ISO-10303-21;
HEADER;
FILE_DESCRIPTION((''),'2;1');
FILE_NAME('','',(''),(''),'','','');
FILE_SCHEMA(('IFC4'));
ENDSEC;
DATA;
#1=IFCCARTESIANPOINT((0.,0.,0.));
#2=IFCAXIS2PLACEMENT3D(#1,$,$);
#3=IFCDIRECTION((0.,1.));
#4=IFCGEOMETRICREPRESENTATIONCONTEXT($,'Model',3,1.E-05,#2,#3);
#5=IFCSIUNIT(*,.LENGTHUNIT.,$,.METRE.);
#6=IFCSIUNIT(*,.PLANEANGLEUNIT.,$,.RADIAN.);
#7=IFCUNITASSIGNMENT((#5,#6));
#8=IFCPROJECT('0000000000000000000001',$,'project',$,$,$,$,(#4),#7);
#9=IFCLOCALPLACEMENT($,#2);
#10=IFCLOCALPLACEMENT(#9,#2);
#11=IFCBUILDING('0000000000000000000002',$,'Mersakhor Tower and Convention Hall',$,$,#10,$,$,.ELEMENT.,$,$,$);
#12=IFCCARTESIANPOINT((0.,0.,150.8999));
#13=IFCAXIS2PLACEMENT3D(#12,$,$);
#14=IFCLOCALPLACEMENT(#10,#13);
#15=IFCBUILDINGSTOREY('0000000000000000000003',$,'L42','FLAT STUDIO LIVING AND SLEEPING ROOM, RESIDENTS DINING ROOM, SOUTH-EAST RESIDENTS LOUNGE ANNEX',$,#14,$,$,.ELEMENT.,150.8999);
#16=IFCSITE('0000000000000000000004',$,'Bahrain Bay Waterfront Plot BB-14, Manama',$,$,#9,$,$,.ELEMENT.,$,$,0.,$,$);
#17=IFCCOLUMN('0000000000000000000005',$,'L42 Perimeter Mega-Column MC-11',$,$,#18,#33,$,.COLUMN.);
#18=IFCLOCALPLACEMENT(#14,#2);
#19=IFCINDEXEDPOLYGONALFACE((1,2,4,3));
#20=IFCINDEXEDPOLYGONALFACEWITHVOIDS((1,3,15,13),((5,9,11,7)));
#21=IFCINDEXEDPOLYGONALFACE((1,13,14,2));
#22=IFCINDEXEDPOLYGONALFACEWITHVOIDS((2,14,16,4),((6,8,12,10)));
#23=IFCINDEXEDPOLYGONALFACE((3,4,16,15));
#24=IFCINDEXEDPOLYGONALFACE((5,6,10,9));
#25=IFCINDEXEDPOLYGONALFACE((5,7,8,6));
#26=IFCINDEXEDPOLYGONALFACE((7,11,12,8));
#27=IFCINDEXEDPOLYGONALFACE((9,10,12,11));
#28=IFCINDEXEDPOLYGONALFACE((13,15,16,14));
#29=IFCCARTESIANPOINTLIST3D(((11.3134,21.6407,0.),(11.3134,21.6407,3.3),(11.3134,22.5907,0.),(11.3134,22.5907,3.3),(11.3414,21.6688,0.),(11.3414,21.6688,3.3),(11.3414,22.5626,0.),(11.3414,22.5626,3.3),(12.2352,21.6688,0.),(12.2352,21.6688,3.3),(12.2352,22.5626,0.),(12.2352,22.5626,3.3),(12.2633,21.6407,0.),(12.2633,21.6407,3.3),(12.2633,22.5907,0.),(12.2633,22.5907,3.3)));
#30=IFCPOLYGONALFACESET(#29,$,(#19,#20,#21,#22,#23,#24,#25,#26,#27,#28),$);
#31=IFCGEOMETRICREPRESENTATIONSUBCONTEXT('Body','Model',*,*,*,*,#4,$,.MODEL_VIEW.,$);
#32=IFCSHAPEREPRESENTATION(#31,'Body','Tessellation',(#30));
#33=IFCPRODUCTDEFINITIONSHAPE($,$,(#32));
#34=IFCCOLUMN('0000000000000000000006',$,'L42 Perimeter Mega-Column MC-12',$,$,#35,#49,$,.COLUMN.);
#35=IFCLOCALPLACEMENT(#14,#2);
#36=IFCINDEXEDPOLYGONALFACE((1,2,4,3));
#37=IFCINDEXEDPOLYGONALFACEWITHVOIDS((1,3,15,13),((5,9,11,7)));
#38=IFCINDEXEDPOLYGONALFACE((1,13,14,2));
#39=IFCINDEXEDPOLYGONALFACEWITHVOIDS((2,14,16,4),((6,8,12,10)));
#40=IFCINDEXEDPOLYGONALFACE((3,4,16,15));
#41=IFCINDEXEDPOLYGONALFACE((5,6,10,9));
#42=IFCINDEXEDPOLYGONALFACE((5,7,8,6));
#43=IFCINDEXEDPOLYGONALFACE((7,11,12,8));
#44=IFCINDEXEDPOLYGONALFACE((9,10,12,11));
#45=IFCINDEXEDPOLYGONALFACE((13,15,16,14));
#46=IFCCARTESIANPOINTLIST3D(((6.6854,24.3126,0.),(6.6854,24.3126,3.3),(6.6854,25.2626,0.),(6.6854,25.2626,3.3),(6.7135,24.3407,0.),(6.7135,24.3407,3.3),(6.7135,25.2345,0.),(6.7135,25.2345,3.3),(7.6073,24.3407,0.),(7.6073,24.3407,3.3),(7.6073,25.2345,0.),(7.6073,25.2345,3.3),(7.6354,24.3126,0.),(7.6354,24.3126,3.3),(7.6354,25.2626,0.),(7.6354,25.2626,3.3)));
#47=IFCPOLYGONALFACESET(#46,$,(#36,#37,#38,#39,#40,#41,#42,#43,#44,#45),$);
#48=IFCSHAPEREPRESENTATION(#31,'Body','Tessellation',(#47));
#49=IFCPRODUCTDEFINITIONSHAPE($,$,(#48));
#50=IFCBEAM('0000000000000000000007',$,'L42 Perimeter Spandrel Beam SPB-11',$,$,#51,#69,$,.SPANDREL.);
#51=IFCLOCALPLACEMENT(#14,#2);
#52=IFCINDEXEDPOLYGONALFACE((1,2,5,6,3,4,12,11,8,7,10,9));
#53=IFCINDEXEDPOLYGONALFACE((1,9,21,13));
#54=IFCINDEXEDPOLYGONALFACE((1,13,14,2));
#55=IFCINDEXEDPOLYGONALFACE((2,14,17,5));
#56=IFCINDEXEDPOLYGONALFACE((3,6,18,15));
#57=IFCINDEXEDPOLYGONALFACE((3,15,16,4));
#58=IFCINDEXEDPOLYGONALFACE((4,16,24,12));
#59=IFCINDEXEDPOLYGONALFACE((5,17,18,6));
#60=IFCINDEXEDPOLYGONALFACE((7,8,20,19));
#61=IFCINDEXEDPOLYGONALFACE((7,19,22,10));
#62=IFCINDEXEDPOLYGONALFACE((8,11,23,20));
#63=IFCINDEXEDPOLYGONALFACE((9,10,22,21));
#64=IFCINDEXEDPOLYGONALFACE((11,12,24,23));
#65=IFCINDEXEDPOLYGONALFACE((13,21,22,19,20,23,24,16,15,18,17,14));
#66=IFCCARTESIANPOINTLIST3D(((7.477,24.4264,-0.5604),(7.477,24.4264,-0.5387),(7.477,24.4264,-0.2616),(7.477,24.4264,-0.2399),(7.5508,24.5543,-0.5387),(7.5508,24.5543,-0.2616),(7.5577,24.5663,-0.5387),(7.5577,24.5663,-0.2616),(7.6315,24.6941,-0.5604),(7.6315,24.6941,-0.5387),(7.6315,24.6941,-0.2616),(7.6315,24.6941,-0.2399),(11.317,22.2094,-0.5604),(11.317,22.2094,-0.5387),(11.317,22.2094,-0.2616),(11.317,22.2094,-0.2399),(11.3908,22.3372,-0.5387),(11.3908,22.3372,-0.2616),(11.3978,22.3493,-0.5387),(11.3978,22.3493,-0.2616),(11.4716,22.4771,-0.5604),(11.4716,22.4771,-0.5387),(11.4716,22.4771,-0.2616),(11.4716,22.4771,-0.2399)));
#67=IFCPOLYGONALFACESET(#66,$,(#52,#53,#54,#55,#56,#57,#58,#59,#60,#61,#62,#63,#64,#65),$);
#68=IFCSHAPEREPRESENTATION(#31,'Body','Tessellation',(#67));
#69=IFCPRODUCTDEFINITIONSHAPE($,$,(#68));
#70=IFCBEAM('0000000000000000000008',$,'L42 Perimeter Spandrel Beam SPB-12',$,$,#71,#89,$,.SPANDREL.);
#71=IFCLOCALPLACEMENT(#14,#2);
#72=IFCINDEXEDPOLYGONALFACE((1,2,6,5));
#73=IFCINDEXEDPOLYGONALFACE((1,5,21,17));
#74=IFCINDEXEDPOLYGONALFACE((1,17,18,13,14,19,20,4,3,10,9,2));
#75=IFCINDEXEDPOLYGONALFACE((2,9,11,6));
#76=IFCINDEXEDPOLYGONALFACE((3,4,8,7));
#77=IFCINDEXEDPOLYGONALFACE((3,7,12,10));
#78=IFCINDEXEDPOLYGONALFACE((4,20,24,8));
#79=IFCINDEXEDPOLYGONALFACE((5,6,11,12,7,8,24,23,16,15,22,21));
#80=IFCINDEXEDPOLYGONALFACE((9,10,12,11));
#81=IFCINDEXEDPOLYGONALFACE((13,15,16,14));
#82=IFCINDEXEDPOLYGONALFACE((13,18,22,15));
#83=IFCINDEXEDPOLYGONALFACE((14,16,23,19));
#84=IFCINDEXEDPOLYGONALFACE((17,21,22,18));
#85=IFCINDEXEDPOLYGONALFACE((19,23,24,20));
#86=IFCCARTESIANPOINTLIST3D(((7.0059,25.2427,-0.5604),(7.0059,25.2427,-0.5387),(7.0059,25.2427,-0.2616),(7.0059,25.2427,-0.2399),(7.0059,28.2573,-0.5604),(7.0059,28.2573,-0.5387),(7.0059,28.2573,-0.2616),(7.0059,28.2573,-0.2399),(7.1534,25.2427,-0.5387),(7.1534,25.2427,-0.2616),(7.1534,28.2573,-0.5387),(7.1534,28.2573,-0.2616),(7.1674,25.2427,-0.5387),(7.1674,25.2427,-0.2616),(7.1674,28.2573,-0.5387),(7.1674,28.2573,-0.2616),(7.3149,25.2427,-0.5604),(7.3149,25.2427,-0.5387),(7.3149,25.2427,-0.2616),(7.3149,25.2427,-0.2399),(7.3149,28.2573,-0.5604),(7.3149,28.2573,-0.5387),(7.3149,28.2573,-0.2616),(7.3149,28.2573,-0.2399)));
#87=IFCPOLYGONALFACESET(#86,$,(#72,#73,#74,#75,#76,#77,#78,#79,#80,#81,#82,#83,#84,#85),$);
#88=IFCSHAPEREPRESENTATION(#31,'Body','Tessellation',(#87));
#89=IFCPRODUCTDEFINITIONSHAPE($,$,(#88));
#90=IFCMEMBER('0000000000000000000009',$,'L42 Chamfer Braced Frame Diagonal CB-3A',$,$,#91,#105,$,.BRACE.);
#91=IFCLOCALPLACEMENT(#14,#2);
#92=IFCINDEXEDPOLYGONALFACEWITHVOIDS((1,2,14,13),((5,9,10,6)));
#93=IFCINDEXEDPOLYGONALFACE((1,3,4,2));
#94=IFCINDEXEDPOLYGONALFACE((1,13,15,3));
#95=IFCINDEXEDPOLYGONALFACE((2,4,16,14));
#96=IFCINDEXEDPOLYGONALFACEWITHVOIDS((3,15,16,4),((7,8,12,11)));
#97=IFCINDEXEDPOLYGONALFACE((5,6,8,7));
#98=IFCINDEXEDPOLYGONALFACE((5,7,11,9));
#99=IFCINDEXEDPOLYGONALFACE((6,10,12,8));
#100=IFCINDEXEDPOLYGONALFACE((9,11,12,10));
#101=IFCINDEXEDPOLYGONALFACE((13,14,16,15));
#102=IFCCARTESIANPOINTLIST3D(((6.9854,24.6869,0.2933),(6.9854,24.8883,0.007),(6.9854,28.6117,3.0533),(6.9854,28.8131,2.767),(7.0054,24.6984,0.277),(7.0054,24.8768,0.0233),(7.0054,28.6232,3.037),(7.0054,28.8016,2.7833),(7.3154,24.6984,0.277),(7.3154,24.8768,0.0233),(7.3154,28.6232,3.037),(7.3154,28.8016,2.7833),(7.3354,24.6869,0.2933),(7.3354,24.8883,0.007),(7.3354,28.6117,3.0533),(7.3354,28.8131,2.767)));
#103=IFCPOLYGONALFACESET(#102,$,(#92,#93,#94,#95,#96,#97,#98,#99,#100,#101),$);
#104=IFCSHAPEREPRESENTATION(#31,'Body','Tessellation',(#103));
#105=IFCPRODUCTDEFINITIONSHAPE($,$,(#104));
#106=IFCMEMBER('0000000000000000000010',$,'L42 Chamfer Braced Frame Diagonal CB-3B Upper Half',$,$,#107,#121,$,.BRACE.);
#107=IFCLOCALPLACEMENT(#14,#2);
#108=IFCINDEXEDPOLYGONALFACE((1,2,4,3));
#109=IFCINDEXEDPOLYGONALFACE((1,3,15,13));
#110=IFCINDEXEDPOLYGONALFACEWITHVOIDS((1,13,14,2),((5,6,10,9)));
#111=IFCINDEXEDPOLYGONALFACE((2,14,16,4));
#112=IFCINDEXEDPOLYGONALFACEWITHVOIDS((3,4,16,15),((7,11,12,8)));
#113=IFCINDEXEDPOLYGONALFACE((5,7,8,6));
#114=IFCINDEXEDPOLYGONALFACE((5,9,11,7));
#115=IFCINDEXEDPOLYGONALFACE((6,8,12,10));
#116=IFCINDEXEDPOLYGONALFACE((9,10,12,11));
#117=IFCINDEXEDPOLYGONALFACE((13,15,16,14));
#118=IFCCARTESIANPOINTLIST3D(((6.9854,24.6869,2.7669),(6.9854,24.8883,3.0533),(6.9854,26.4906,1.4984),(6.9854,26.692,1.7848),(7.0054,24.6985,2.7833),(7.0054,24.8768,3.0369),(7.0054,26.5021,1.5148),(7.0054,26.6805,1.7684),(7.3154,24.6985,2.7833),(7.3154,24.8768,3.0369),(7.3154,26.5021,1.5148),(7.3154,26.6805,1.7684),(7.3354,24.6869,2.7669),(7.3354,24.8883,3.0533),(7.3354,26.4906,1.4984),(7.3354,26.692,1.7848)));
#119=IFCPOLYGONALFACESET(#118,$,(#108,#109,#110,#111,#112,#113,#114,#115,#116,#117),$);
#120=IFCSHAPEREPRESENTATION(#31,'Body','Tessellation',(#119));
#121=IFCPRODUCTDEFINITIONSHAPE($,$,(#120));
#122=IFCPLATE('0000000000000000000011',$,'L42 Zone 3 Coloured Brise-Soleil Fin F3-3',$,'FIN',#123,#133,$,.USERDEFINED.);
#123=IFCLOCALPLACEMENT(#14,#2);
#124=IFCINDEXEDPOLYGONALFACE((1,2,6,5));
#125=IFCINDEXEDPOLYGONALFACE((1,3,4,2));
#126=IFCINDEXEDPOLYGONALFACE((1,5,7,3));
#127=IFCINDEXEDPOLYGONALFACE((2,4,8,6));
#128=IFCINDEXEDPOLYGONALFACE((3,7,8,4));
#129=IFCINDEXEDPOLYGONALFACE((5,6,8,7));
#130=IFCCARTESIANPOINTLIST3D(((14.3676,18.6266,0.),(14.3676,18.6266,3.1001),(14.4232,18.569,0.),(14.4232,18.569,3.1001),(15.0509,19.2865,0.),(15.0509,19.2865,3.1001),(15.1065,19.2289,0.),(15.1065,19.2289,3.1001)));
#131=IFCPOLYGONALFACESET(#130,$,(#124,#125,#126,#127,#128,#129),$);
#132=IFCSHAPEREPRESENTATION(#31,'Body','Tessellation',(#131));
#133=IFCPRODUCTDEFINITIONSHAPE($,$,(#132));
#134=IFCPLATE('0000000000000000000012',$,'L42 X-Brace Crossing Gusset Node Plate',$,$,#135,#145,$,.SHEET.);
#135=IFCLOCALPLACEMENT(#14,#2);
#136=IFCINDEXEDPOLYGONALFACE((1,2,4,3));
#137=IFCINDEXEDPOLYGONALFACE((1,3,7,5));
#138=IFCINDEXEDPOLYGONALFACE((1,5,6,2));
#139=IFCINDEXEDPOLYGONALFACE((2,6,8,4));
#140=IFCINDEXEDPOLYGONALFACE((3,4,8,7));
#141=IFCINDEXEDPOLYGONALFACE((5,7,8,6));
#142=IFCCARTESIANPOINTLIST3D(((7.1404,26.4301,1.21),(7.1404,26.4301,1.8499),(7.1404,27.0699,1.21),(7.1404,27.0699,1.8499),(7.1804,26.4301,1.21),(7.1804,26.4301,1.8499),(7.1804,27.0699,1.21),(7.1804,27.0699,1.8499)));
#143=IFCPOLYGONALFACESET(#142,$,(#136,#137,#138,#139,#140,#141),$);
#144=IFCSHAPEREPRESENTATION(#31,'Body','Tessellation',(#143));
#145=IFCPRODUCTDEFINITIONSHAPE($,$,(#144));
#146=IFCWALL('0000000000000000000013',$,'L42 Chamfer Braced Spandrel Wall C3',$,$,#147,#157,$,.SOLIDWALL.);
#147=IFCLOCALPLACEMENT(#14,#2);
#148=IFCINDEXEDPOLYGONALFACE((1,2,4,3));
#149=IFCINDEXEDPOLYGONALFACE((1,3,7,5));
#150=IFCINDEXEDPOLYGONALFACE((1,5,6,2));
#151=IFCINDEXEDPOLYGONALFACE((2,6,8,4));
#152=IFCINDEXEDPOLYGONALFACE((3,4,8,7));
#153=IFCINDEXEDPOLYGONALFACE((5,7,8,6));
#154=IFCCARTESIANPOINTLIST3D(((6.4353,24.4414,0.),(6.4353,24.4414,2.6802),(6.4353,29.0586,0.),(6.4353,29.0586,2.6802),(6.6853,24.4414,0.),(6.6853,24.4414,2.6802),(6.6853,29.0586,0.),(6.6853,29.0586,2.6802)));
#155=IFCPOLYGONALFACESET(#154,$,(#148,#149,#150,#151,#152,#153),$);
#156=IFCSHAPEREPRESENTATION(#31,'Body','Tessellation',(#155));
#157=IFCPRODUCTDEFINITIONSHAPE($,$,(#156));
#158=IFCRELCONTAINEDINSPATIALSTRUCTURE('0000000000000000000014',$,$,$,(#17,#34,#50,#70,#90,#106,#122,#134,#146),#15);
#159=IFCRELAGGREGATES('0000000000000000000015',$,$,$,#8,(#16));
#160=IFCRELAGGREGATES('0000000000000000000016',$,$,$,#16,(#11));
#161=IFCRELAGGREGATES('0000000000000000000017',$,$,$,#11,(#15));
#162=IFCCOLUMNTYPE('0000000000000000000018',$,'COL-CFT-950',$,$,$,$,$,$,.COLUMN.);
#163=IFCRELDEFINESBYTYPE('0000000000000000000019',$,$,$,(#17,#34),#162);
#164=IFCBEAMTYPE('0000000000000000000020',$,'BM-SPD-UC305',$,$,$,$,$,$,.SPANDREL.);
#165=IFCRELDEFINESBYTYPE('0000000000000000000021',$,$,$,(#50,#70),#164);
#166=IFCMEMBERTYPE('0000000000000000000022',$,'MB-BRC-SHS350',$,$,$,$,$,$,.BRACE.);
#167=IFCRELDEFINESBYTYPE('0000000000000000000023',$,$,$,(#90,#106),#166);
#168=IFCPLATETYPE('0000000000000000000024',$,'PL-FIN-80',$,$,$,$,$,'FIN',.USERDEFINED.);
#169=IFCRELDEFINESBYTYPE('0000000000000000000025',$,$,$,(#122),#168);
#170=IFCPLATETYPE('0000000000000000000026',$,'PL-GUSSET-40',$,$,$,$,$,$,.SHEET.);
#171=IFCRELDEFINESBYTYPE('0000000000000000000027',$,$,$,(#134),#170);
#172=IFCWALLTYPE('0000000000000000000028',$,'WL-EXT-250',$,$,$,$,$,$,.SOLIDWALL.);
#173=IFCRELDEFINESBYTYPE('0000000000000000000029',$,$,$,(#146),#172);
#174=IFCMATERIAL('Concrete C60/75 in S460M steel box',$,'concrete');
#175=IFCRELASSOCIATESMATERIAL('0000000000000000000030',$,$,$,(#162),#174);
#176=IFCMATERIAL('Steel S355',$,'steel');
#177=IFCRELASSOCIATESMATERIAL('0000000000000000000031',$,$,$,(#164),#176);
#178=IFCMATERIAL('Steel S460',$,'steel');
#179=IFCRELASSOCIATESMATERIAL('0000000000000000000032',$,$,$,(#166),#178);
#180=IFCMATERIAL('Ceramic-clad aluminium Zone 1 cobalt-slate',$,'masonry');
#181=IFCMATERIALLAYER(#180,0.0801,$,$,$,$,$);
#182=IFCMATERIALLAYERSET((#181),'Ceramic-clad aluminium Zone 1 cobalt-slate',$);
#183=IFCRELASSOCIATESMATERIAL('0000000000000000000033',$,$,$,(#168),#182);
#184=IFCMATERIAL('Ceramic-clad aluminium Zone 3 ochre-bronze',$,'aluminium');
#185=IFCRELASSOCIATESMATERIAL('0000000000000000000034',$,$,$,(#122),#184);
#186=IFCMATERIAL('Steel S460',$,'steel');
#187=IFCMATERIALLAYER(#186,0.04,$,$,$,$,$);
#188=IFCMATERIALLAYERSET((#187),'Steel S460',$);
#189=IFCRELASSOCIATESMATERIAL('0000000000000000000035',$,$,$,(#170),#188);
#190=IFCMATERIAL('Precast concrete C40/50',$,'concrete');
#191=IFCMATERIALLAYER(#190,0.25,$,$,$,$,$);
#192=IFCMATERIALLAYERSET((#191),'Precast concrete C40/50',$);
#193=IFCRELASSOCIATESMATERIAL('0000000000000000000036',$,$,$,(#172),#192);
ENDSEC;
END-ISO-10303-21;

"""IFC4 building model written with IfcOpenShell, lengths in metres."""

from ifc_helpers import new_model, si_unit, direction, frame, frame_2d, origin, origin_2d, place, context, subcontext, project, spatial, rectangle, hollow_rectangle, i_section, extrude, material, layer, layer_set, material_profile, profile_set, type_object, element, save


model = new_model("IFC4")

# Units and contexts
model_context = context("Model", 3, precision=1e-05, world=origin(), true_north=direction((0.0, 1.0)))
body_context = subcontext(model_context, "Body", "Model", "MODEL_VIEW")
ifc_project = project(units=[si_unit("LENGTHUNIT", "METRE"), si_unit("PLANEANGLEUNIT", "RADIAN")], contexts=[model_context])

# Site, building, storey
site_placement = place(None, origin())
site = spatial("IfcSite", under=ifc_project, at=site_placement, Name="Bahrain Bay Waterfront Plot BB-14, Manama", CompositionType="ELEMENT", RefElevation=0.0)
building_placement = place(site_placement, origin())
building = spatial("IfcBuilding", under=site, at=building_placement, Name="Mersakhor Tower and Convention Hall", CompositionType="ELEMENT")
storey_placement = place(building_placement, frame((0.0, 0.0, 150.8999)))
storey = spatial("IfcBuildingStorey", under=building, at=storey_placement, Name="L42", Description="FLAT STUDIO LIVING AND SLEEPING ROOM, RESIDENTS DINING ROOM, SOUTH-EAST RESIDENTS LOUNGE ANNEX", CompositionType="ELEMENT", Elevation=150.8999)

# Columns
ifc_material_1 = material(Name="Concrete C60/75 in S460M steel box", Category="concrete")
ifc_material_profile_1 = material_profile(ifc_material_1, hollow_rectangle(XDim=0.95, YDim=0.95, WallThickness=0.0281, at=origin_2d()), Name="SHS 950x950x28")
ifc_profile_set_1 = profile_set([ifc_material_profile_1], Name="Concrete C60/75 in S460M steel box")
column_type = type_object("IfcColumnType", Name="COL-CFT-950", PredefinedType="COLUMN", material=ifc_profile_set_1)
for number, where, z_axis, x_axis, name in (
    (1, (11.7883, 22.1157, 0.0), (0.0, 0.0, 1.0), (1.0, 0.0, 0.0), "L42 Perimeter Mega-Column MC-11"),
    (2, (7.1604, 24.7876, 0.0), (0.0, 0.0, 1.0), (1.0, 0.0, 0.0), "L42 Perimeter Mega-Column MC-12"),
):
    element("IfcColumn", number, at=place(storey_placement, frame(where, z_axis=z_axis, x_axis=x_axis)), inside=storey, type_object=column_type, Name=name, PredefinedType="COLUMN", context=body_context, shape_type="SweptSolid", body=[
        extrude(hollow_rectangle(XDim=0.95, YDim=0.95, WallThickness=0.0281, at=origin_2d()), origin(), (0.0, 0.0, 1.0), 3.3),
    ])

# Beams
ifc_material_2 = material(Name="Steel S355", Category="steel")
ifc_material_profile_2 = material_profile(ifc_material_2, i_section(OverallWidth=0.3091, OverallDepth=0.3206, WebThickness=0.0139, FlangeThickness=0.0217, at=origin_2d()), Name="UC 305x305x137")
ifc_profile_set_2 = profile_set([ifc_material_profile_2], Name="Steel S355")
beam_type = type_object("IfcBeamType", Name="BM-SPD-UC305", PredefinedType="SPANDREL", material=ifc_profile_set_2)
beam_1_placement = place(storey_placement, frame((11.3943, 22.3433, -0.4001), z_axis=(-0.866029, 0.499994, 0.0), x_axis=(-0.499994, -0.866029, 0.0)))
element("IfcBeam", 3, at=beam_1_placement, inside=storey, type_object=beam_type, Name="L42 Perimeter Spandrel Beam SPB-11", PredefinedType="SPANDREL", context=body_context, shape_type="SweptSolid", body=[
    extrude(i_section(OverallWidth=0.3091, OverallDepth=0.3206, WebThickness=0.0139, FlangeThickness=0.0217, at=origin_2d()), origin(), (0.0, 0.0, 1.0), 4.4341),
])
beam_2_placement = place(storey_placement, frame((7.1604, 25.2427, -0.4001), z_axis=(0.0, 1.0, 0.0), x_axis=(-1.0, 0.0, 0.0)))
element("IfcBeam", 4, at=beam_2_placement, inside=storey, type_object=beam_type, Name="L42 Perimeter Spandrel Beam SPB-12", PredefinedType="SPANDREL", context=body_context, shape_type="SweptSolid", body=[
    extrude(i_section(OverallWidth=0.3091, OverallDepth=0.3206, WebThickness=0.0139, FlangeThickness=0.0217, at=origin_2d()), origin(), (0.0, 0.0, 1.0), 3.0146),
])

# Members
ifc_material_3 = material(Name="Steel S460", Category="steel")
ifc_material_profile_3 = material_profile(ifc_material_3, hollow_rectangle(XDim=0.3501, YDim=0.3501, WallThickness=0.02, at=origin_2d()), Name="SHS 350x350x20")
ifc_profile_set_3 = profile_set([ifc_material_profile_3], Name="Steel S460")
member_type = type_object("IfcMemberType", Name="MB-BRC-SHS350", PredefinedType="BRACE", material=ifc_profile_set_3)
member_1_placement = place(storey_placement, frame((7.1604, 24.7876, 0.1501), z_axis=(0.0, 0.817992, 0.57523), x_axis=(-1.0, 0.0, 0.0)))
element("IfcMember", 5, at=member_1_placement, inside=storey, type_object=member_type, Name="L42 Chamfer Braced Frame Diagonal CB-3A", PredefinedType="BRACE", context=body_context, shape_type="SweptSolid", body=[
    extrude(hollow_rectangle(XDim=0.3501, YDim=0.3501, WallThickness=0.02, at=origin_2d()), origin(), (0.0, 0.0, 1.0), 4.7981),
])
member_2_placement = place(storey_placement, frame((7.1604, 26.5913, 1.6416), z_axis=(0.0, -0.817961, 0.575274), x_axis=(1.0, 0.0, 0.0)))
element("IfcMember", 6, at=member_2_placement, inside=storey, type_object=member_type, Name="L42 Chamfer Braced Frame Diagonal CB-3B Upper Half", PredefinedType="BRACE", context=body_context, shape_type="SweptSolid", body=[
    extrude(hollow_rectangle(XDim=0.3501, YDim=0.3501, WallThickness=0.02, at=origin_2d()), origin(), (0.0, 0.0, 1.0), 2.2051),
])

# Plates
ifc_material_4 = material(Name="Ceramic-clad aluminium Zone 3 ochre-bronze", Category="aluminium")
ifc_material_5 = material(Name="Ceramic-clad aluminium Zone 1 cobalt-slate", Category="masonry")
ifc_layer_1 = layer(ifc_material_5, 0.0801)
ifc_layer_set_1 = layer_set([ifc_layer_1], Name="Ceramic-clad aluminium Zone 1 cobalt-slate")
plate_type_1 = type_object("IfcPlateType", Name="PL-FIN-80", ElementType="FIN", PredefinedType="USERDEFINED", material=ifc_layer_set_1)
plate_1_placement = place(storey_placement, frame((14.7371, 18.9277, 0.0), z_axis=(0.0, 0.0, 1.0), x_axis=(-0.71934, -0.694658, 0.0)))
element("IfcPlate", 7, at=plate_1_placement, inside=storey, type_object=plate_type_1, material=ifc_material_4, Name="L42 Zone 3 Coloured Brise-Soleil Fin F3-3", ObjectType="FIN", PredefinedType="USERDEFINED", context=body_context, shape_type="SweptSolid", body=[
    extrude(rectangle(XDim=0.95, YDim=0.0801, at=origin_2d()), origin(), (0.0, 0.0, 1.0), 3.1001),
])
ifc_material_6 = material(Name="Steel S460", Category="steel")
ifc_layer_2 = layer(ifc_material_6, 0.04)
ifc_layer_set_2 = layer_set([ifc_layer_2], Name="Steel S460")
plate_type_2 = type_object("IfcPlateType", Name="PL-GUSSET-40", PredefinedType="SHEET", material=ifc_layer_set_2)
plate_2_placement = place(storey_placement, frame((7.1604, 26.75, 1.21), z_axis=(0.0, 0.0, 1.0), x_axis=(0.0, -1.0, 0.0)))
element("IfcPlate", 8, at=plate_2_placement, inside=storey, type_object=plate_type_2, Name="L42 X-Brace Crossing Gusset Node Plate", PredefinedType="SHEET", context=body_context, shape_type="SweptSolid", body=[
    extrude(rectangle(XDim=0.6399, YDim=0.04, at=origin_2d()), origin(), (0.0, 0.0, 1.0), 0.6399),
])

# Wall
ifc_material_7 = material(Name="Precast concrete C40/50", Category="concrete")
ifc_layer_3 = layer(ifc_material_7, 0.25)
ifc_layer_set_3 = layer_set([ifc_layer_3], Name="Precast concrete C40/50")
wall_type_1 = type_object("IfcWallType", Name="WL-EXT-250", PredefinedType="SOLIDWALL", material=ifc_layer_set_3)
wall_1_placement = place(storey_placement, frame((6.5603, 24.4414, 0.0), z_axis=(0.0, 0.0, 1.0), x_axis=(0.0, 1.0, 0.0)))
element("IfcWall", 9, at=wall_1_placement, inside=storey, type_object=wall_type_1, Name="L42 Chamfer Braced Spandrel Wall C3", PredefinedType="SOLIDWALL", context=body_context, shape_type="SweptSolid", body=[
    extrude(rectangle(XDim=4.6172, YDim=0.25, at=frame_2d((2.3086, 0.0))), origin(), (0.0, 0.0, 1.0), 2.6802),
])

save(model, "model.ifc")
